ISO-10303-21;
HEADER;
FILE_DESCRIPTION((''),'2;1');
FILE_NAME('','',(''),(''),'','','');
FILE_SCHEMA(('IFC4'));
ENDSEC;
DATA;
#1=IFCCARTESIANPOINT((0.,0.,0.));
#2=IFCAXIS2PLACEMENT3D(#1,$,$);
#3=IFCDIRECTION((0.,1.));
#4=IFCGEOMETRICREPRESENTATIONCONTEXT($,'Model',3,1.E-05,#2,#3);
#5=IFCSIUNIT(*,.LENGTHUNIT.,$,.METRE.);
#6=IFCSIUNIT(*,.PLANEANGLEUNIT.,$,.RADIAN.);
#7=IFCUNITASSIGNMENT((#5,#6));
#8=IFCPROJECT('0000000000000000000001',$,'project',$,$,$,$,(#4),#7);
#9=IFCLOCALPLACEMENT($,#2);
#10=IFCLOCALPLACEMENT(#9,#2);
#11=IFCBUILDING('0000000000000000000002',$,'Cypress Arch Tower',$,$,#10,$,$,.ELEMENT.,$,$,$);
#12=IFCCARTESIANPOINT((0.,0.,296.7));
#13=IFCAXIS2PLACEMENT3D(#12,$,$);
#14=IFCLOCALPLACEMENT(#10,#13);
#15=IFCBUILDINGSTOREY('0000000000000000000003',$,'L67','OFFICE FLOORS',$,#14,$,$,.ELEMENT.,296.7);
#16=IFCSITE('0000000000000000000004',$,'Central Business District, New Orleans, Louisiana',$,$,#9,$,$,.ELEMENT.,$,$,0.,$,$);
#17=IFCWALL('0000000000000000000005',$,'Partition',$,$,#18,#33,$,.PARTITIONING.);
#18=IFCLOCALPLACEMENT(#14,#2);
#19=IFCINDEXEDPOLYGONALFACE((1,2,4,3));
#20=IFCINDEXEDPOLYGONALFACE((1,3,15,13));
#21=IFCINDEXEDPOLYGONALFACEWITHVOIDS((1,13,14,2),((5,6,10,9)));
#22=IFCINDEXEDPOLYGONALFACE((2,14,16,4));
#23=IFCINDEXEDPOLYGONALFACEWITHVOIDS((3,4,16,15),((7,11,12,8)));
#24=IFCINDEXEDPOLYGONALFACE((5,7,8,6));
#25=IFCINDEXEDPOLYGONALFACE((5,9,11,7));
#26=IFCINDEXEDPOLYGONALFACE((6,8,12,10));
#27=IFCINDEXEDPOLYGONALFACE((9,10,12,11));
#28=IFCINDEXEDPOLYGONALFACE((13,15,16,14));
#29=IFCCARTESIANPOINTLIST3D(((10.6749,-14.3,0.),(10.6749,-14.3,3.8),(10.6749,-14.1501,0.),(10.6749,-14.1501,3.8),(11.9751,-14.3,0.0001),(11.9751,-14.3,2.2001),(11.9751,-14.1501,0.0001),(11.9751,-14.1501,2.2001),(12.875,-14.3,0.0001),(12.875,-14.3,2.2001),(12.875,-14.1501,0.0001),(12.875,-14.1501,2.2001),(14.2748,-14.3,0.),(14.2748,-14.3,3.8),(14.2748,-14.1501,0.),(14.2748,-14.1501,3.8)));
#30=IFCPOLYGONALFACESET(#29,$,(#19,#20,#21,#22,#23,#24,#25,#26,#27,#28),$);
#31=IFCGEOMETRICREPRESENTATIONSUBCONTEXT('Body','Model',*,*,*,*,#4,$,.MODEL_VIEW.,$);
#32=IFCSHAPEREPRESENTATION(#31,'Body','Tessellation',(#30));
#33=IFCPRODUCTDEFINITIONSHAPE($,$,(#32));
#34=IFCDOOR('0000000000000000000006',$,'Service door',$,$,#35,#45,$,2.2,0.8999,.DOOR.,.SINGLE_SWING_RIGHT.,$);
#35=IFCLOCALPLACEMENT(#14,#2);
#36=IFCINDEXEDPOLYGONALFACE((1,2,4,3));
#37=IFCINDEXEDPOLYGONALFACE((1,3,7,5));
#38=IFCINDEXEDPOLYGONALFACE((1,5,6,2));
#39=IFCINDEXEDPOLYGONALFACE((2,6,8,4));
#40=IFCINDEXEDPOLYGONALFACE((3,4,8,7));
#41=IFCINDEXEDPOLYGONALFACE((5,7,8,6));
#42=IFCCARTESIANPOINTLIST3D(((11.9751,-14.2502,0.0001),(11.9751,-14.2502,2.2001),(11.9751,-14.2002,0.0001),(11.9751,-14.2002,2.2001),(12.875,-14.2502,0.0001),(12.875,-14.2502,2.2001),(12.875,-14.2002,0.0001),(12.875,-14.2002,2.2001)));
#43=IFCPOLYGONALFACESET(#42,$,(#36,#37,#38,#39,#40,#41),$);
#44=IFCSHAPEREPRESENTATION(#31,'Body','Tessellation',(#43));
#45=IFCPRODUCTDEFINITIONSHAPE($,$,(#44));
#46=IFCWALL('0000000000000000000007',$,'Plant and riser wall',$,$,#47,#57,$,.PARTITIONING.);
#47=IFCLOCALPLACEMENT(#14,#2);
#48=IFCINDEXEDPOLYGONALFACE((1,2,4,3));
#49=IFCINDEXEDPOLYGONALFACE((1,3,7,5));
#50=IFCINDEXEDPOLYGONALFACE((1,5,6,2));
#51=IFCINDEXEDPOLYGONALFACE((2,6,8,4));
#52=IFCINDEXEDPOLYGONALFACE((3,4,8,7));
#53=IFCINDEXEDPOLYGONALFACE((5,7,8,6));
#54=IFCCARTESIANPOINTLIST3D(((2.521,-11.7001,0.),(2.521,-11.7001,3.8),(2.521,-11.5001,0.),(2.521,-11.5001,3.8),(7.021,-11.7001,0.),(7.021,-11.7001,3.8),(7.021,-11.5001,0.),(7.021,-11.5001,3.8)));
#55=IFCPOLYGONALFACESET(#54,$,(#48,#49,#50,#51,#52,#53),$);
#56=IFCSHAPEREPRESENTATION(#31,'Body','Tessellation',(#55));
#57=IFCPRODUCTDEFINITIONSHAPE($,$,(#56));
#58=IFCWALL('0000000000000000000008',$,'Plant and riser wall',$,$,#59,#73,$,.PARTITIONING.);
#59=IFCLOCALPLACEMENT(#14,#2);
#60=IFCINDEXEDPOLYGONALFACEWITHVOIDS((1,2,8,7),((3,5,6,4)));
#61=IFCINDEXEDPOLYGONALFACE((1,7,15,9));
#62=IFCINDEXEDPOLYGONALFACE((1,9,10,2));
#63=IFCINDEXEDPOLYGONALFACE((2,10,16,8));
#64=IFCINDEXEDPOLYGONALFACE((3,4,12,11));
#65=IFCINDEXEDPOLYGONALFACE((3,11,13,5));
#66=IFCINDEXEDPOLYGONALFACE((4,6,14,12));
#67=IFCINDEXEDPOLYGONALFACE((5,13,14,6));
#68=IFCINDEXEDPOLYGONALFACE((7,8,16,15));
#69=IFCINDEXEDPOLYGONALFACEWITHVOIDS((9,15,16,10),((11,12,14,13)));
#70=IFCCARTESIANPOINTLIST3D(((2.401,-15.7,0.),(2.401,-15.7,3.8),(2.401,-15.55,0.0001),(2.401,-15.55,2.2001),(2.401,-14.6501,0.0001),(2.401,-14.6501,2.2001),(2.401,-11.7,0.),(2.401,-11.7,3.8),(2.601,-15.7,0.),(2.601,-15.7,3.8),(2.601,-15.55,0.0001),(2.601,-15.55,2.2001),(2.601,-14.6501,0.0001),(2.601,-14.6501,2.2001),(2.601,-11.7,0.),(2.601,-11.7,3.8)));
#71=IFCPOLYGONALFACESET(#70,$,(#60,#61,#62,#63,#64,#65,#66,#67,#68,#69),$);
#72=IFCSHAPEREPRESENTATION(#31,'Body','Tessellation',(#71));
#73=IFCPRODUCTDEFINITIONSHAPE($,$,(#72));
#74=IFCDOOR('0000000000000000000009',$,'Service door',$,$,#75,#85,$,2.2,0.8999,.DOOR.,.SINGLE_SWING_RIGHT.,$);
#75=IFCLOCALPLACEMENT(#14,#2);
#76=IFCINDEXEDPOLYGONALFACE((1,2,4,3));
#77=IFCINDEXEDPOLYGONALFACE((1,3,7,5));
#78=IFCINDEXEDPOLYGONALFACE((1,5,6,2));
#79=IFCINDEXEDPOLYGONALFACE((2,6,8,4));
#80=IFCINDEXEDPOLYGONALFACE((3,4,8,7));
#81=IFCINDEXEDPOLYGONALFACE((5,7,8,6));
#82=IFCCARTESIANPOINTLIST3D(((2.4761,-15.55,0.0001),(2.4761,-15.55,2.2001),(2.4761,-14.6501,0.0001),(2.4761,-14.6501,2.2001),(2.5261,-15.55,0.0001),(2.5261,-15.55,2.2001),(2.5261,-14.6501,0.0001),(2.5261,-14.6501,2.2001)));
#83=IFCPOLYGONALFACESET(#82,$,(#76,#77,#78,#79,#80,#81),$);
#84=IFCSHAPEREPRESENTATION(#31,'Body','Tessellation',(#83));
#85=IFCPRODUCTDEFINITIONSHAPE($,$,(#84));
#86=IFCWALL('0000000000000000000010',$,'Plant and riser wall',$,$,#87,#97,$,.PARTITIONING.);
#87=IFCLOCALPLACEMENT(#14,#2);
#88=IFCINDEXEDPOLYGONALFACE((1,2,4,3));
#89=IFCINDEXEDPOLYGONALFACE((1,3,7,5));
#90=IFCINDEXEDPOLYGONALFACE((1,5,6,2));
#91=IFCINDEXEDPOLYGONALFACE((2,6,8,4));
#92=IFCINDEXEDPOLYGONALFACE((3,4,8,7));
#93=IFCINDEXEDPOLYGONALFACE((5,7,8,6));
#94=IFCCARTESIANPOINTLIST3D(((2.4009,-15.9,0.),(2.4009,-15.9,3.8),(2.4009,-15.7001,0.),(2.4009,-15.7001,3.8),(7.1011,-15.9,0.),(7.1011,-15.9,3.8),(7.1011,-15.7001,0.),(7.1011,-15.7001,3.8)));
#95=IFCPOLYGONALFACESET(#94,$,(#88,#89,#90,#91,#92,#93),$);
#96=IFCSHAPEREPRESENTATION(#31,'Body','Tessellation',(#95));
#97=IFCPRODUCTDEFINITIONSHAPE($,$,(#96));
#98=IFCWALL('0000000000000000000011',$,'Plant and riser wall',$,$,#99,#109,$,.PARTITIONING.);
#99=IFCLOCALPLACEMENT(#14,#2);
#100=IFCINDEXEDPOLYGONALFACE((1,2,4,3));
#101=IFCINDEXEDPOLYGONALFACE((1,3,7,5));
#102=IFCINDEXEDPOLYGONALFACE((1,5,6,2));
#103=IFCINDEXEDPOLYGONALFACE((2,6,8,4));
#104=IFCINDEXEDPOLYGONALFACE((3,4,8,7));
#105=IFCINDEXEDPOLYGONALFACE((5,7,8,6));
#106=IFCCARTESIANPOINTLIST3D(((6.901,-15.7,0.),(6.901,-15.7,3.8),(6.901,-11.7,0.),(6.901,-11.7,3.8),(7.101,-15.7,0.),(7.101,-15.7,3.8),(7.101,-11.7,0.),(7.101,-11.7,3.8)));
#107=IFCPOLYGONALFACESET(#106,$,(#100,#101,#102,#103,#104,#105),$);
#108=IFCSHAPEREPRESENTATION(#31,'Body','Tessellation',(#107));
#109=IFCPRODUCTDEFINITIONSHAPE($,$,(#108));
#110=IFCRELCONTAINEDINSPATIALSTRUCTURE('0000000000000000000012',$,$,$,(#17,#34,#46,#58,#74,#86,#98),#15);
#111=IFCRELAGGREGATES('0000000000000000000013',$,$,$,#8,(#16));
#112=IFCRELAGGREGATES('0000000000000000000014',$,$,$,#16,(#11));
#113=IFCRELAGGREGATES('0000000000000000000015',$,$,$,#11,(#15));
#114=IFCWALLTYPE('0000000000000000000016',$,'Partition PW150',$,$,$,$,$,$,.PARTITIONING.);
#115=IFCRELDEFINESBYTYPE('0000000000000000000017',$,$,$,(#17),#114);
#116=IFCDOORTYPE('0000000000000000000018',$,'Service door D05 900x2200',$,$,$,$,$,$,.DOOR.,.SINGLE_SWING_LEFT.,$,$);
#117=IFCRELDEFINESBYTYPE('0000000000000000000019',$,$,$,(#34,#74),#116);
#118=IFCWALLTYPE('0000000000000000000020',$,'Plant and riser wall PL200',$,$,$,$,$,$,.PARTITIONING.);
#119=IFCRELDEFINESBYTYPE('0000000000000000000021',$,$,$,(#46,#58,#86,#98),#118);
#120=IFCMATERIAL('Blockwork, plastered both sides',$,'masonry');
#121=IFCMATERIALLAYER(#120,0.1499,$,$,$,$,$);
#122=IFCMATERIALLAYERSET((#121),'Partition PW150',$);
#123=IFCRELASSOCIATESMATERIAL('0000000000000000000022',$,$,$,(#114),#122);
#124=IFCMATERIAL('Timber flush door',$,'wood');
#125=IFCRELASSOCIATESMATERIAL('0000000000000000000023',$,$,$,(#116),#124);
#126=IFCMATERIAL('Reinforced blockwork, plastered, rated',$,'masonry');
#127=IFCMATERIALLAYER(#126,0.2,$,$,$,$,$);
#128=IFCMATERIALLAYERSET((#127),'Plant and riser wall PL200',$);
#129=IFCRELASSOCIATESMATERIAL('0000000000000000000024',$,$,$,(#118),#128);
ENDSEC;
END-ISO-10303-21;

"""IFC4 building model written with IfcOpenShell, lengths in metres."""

from ifc_helpers import new_model, si_unit, direction, frame, frame_2d, origin, place, context, subcontext, project, spatial, rectangle, extrude, material, layer, layer_set, type_object, element, fill, save


model = new_model("IFC4")

# Units and contexts
model_context = context("Model", 3, precision=1e-05, world=origin(), true_north=direction((0.0, 1.0)))
body_context = subcontext(model_context, "Body", "Model", "MODEL_VIEW")
ifc_project = project(units=[si_unit("LENGTHUNIT", "METRE"), si_unit("PLANEANGLEUNIT", "RADIAN")], contexts=[model_context])

# Site, building, storey
site_placement = place(None, origin())
site = spatial("IfcSite", under=ifc_project, at=site_placement, Name="Central Business District, New Orleans, Louisiana", CompositionType="ELEMENT", RefElevation=0.0)
building_placement = place(site_placement, origin())
building = spatial("IfcBuilding", under=site, at=building_placement, Name="Cypress Arch Tower", CompositionType="ELEMENT")
storey_placement = place(building_placement, frame((0.0, 0.0, 296.7)))
storey = spatial("IfcBuildingStorey", under=building, at=storey_placement, Name="L67", Description="OFFICE FLOORS", CompositionType="ELEMENT", Elevation=296.7)

# Shared definitions
ifc_material_1 = material(Name="Blockwork, plastered both sides", Category="masonry")
ifc_layer_1 = layer(ifc_material_1, 0.1499)
ifc_layer_set_1 = layer_set([ifc_layer_1], Name="Partition PW150")
wall_type_1 = type_object("IfcWallType", Name="Partition PW150", PredefinedType="PARTITIONING", material=ifc_layer_set_1)

# Wall, opening, door
wall_1_placement = place(storey_placement, frame((10.675, -14.2251, 0.0), z_axis=(0.0, 0.0, 1.0), x_axis=(1.0, 0.0, 0.0)))
wall_1 = element("IfcWall", 1, at=wall_1_placement, inside=storey, type_object=wall_type_1, Name="Partition", PredefinedType="PARTITIONING", context=body_context, shape_type="SweptSolid", body=[
    extrude(rectangle(XDim=3.5999, YDim=0.1499, at=frame_2d((1.7998, 0.0))), origin(), (0.0, 0.0, 1.0), 3.8),
])
opening_1_placement = place(wall_1_placement, frame((1.3, 0.0, 0.0)))
opening_1 = element("IfcOpeningElement", 2, at=opening_1_placement, cuts=wall_1, PredefinedType="OPENING", context=body_context, shape_type="SweptSolid", body=[
    extrude(rectangle(XDim=0.8999, YDim=2.2, at=frame_2d((0.45, 1.1001))), frame((0.0, 0.085, 0.0), z_axis=(0.0, -1.0, 0.0), x_axis=(1.0, 0.0, 0.0)), (0.0, 0.0, 1.0), 0.1699),
])
ifc_material_2 = material(Name="Timber flush door", Category="wood")
door_type_1 = type_object("IfcDoorType", Name="Service door D05 900x2200", OperationType="SINGLE_SWING_LEFT", PredefinedType="DOOR", material=ifc_material_2)
door_1_placement = place(opening_1_placement, origin())
door_1 = element("IfcDoor", 3, at=door_1_placement, inside=storey, type_object=door_type_1, Name="Service door", OperationType="SINGLE_SWING_RIGHT", OverallHeight=2.2, OverallWidth=0.8999, PredefinedType="DOOR", context=body_context, shape_type="SweptSolid", body=[
    extrude(rectangle(XDim=0.8999, YDim=2.2, at=frame_2d((0.45, 1.1001))), frame((0.0, 0.0249, 0.0), z_axis=(0.0, -1.0, 0.0), x_axis=(1.0, 0.0, 0.0)), (0.0, 0.0, 1.0), 0.05),
])
fill(opening_1, door_1)

# Wall
ifc_material_3 = material(Name="Reinforced blockwork, plastered, rated", Category="masonry")
ifc_layer_2 = layer(ifc_material_3, 0.2)
ifc_layer_set_2 = layer_set([ifc_layer_2], Name="Plant and riser wall PL200")
wall_type_2 = type_object("IfcWallType", Name="Plant and riser wall PL200", PredefinedType="PARTITIONING", material=ifc_layer_set_2)
wall_2_placement = place(storey_placement, frame((2.521, -11.6001, 0.0), z_axis=(0.0, 0.0, 1.0), x_axis=(1.0, 0.0, 0.0)))
element("IfcWall", 4, at=wall_2_placement, inside=storey, type_object=wall_type_2, Name="Plant and riser wall", PredefinedType="PARTITIONING", context=body_context, shape_type="SweptSolid", body=[
    extrude(rectangle(XDim=4.5, YDim=0.2, at=frame_2d((2.25, 0.0))), origin(), (0.0, 0.0, 1.0), 3.8),
])

# Wall, opening, door
wall_3_placement = place(storey_placement, frame((2.501, -15.7, 0.0), z_axis=(0.0, 0.0, 1.0), x_axis=(0.0, 1.0, 0.0)))
wall_3 = element("IfcWall", 5, at=wall_3_placement, inside=storey, type_object=wall_type_2, Name="Plant and riser wall", PredefinedType="PARTITIONING", context=body_context, shape_type="SweptSolid", body=[
    extrude(rectangle(XDim=4.0, YDim=0.2, at=frame_2d((2.0, 0.0))), origin(), (0.0, 0.0, 1.0), 3.8),
])
opening_2_placement = place(wall_3_placement, frame((0.1499, 0.0, 0.0)))
opening_2 = element("IfcOpeningElement", 6, at=opening_2_placement, cuts=wall_3, PredefinedType="OPENING", context=body_context, shape_type="SweptSolid", body=[
    extrude(rectangle(XDim=0.8999, YDim=2.2, at=frame_2d((0.45, 1.1001))), frame((0.0, 0.1099, 0.0), z_axis=(0.0, -1.0, 0.0), x_axis=(1.0, 0.0, 0.0)), (0.0, 0.0, 1.0), 0.22),
])
door_2_placement = place(opening_2_placement, origin())
door_2 = element("IfcDoor", 7, at=door_2_placement, inside=storey, type_object=door_type_1, Name="Service door", OperationType="SINGLE_SWING_RIGHT", OverallHeight=2.2, OverallWidth=0.8999, PredefinedType="DOOR", context=body_context, shape_type="SweptSolid", body=[
    extrude(rectangle(XDim=0.8999, YDim=2.2, at=frame_2d((0.45, 1.1001))), frame((0.0, 0.0249, 0.0), z_axis=(0.0, -1.0, 0.0), x_axis=(1.0, 0.0, 0.0)), (0.0, 0.0, 1.0), 0.05),
])
fill(opening_2, door_2)

# Walls
wall_4_placement = place(storey_placement, frame((2.4009, -15.8, 0.0), z_axis=(0.0, 0.0, 1.0), x_axis=(1.0, 0.0, 0.0)))
element("IfcWall", 8, at=wall_4_placement, inside=storey, type_object=wall_type_2, Name="Plant and riser wall", PredefinedType="PARTITIONING", context=body_context, shape_type="SweptSolid", body=[
    extrude(rectangle(XDim=4.7002, YDim=0.2, at=frame_2d((2.3501, 0.0))), origin(), (0.0, 0.0, 1.0), 3.8),
])
wall_5_placement = place(storey_placement, frame((7.001, -15.7, 0.0), z_axis=(0.0, 0.0, 1.0), x_axis=(0.0, 1.0, 0.0)))
element("IfcWall", 9, at=wall_5_placement, inside=storey, type_object=wall_type_2, Name="Plant and riser wall", PredefinedType="PARTITIONING", context=body_context, shape_type="SweptSolid", body=[
    extrude(rectangle(XDim=4.0, YDim=0.2, at=frame_2d((2.0, 0.0))), origin(), (0.0, 0.0, 1.0), 3.8),
])

save(model, "model.ifc")
